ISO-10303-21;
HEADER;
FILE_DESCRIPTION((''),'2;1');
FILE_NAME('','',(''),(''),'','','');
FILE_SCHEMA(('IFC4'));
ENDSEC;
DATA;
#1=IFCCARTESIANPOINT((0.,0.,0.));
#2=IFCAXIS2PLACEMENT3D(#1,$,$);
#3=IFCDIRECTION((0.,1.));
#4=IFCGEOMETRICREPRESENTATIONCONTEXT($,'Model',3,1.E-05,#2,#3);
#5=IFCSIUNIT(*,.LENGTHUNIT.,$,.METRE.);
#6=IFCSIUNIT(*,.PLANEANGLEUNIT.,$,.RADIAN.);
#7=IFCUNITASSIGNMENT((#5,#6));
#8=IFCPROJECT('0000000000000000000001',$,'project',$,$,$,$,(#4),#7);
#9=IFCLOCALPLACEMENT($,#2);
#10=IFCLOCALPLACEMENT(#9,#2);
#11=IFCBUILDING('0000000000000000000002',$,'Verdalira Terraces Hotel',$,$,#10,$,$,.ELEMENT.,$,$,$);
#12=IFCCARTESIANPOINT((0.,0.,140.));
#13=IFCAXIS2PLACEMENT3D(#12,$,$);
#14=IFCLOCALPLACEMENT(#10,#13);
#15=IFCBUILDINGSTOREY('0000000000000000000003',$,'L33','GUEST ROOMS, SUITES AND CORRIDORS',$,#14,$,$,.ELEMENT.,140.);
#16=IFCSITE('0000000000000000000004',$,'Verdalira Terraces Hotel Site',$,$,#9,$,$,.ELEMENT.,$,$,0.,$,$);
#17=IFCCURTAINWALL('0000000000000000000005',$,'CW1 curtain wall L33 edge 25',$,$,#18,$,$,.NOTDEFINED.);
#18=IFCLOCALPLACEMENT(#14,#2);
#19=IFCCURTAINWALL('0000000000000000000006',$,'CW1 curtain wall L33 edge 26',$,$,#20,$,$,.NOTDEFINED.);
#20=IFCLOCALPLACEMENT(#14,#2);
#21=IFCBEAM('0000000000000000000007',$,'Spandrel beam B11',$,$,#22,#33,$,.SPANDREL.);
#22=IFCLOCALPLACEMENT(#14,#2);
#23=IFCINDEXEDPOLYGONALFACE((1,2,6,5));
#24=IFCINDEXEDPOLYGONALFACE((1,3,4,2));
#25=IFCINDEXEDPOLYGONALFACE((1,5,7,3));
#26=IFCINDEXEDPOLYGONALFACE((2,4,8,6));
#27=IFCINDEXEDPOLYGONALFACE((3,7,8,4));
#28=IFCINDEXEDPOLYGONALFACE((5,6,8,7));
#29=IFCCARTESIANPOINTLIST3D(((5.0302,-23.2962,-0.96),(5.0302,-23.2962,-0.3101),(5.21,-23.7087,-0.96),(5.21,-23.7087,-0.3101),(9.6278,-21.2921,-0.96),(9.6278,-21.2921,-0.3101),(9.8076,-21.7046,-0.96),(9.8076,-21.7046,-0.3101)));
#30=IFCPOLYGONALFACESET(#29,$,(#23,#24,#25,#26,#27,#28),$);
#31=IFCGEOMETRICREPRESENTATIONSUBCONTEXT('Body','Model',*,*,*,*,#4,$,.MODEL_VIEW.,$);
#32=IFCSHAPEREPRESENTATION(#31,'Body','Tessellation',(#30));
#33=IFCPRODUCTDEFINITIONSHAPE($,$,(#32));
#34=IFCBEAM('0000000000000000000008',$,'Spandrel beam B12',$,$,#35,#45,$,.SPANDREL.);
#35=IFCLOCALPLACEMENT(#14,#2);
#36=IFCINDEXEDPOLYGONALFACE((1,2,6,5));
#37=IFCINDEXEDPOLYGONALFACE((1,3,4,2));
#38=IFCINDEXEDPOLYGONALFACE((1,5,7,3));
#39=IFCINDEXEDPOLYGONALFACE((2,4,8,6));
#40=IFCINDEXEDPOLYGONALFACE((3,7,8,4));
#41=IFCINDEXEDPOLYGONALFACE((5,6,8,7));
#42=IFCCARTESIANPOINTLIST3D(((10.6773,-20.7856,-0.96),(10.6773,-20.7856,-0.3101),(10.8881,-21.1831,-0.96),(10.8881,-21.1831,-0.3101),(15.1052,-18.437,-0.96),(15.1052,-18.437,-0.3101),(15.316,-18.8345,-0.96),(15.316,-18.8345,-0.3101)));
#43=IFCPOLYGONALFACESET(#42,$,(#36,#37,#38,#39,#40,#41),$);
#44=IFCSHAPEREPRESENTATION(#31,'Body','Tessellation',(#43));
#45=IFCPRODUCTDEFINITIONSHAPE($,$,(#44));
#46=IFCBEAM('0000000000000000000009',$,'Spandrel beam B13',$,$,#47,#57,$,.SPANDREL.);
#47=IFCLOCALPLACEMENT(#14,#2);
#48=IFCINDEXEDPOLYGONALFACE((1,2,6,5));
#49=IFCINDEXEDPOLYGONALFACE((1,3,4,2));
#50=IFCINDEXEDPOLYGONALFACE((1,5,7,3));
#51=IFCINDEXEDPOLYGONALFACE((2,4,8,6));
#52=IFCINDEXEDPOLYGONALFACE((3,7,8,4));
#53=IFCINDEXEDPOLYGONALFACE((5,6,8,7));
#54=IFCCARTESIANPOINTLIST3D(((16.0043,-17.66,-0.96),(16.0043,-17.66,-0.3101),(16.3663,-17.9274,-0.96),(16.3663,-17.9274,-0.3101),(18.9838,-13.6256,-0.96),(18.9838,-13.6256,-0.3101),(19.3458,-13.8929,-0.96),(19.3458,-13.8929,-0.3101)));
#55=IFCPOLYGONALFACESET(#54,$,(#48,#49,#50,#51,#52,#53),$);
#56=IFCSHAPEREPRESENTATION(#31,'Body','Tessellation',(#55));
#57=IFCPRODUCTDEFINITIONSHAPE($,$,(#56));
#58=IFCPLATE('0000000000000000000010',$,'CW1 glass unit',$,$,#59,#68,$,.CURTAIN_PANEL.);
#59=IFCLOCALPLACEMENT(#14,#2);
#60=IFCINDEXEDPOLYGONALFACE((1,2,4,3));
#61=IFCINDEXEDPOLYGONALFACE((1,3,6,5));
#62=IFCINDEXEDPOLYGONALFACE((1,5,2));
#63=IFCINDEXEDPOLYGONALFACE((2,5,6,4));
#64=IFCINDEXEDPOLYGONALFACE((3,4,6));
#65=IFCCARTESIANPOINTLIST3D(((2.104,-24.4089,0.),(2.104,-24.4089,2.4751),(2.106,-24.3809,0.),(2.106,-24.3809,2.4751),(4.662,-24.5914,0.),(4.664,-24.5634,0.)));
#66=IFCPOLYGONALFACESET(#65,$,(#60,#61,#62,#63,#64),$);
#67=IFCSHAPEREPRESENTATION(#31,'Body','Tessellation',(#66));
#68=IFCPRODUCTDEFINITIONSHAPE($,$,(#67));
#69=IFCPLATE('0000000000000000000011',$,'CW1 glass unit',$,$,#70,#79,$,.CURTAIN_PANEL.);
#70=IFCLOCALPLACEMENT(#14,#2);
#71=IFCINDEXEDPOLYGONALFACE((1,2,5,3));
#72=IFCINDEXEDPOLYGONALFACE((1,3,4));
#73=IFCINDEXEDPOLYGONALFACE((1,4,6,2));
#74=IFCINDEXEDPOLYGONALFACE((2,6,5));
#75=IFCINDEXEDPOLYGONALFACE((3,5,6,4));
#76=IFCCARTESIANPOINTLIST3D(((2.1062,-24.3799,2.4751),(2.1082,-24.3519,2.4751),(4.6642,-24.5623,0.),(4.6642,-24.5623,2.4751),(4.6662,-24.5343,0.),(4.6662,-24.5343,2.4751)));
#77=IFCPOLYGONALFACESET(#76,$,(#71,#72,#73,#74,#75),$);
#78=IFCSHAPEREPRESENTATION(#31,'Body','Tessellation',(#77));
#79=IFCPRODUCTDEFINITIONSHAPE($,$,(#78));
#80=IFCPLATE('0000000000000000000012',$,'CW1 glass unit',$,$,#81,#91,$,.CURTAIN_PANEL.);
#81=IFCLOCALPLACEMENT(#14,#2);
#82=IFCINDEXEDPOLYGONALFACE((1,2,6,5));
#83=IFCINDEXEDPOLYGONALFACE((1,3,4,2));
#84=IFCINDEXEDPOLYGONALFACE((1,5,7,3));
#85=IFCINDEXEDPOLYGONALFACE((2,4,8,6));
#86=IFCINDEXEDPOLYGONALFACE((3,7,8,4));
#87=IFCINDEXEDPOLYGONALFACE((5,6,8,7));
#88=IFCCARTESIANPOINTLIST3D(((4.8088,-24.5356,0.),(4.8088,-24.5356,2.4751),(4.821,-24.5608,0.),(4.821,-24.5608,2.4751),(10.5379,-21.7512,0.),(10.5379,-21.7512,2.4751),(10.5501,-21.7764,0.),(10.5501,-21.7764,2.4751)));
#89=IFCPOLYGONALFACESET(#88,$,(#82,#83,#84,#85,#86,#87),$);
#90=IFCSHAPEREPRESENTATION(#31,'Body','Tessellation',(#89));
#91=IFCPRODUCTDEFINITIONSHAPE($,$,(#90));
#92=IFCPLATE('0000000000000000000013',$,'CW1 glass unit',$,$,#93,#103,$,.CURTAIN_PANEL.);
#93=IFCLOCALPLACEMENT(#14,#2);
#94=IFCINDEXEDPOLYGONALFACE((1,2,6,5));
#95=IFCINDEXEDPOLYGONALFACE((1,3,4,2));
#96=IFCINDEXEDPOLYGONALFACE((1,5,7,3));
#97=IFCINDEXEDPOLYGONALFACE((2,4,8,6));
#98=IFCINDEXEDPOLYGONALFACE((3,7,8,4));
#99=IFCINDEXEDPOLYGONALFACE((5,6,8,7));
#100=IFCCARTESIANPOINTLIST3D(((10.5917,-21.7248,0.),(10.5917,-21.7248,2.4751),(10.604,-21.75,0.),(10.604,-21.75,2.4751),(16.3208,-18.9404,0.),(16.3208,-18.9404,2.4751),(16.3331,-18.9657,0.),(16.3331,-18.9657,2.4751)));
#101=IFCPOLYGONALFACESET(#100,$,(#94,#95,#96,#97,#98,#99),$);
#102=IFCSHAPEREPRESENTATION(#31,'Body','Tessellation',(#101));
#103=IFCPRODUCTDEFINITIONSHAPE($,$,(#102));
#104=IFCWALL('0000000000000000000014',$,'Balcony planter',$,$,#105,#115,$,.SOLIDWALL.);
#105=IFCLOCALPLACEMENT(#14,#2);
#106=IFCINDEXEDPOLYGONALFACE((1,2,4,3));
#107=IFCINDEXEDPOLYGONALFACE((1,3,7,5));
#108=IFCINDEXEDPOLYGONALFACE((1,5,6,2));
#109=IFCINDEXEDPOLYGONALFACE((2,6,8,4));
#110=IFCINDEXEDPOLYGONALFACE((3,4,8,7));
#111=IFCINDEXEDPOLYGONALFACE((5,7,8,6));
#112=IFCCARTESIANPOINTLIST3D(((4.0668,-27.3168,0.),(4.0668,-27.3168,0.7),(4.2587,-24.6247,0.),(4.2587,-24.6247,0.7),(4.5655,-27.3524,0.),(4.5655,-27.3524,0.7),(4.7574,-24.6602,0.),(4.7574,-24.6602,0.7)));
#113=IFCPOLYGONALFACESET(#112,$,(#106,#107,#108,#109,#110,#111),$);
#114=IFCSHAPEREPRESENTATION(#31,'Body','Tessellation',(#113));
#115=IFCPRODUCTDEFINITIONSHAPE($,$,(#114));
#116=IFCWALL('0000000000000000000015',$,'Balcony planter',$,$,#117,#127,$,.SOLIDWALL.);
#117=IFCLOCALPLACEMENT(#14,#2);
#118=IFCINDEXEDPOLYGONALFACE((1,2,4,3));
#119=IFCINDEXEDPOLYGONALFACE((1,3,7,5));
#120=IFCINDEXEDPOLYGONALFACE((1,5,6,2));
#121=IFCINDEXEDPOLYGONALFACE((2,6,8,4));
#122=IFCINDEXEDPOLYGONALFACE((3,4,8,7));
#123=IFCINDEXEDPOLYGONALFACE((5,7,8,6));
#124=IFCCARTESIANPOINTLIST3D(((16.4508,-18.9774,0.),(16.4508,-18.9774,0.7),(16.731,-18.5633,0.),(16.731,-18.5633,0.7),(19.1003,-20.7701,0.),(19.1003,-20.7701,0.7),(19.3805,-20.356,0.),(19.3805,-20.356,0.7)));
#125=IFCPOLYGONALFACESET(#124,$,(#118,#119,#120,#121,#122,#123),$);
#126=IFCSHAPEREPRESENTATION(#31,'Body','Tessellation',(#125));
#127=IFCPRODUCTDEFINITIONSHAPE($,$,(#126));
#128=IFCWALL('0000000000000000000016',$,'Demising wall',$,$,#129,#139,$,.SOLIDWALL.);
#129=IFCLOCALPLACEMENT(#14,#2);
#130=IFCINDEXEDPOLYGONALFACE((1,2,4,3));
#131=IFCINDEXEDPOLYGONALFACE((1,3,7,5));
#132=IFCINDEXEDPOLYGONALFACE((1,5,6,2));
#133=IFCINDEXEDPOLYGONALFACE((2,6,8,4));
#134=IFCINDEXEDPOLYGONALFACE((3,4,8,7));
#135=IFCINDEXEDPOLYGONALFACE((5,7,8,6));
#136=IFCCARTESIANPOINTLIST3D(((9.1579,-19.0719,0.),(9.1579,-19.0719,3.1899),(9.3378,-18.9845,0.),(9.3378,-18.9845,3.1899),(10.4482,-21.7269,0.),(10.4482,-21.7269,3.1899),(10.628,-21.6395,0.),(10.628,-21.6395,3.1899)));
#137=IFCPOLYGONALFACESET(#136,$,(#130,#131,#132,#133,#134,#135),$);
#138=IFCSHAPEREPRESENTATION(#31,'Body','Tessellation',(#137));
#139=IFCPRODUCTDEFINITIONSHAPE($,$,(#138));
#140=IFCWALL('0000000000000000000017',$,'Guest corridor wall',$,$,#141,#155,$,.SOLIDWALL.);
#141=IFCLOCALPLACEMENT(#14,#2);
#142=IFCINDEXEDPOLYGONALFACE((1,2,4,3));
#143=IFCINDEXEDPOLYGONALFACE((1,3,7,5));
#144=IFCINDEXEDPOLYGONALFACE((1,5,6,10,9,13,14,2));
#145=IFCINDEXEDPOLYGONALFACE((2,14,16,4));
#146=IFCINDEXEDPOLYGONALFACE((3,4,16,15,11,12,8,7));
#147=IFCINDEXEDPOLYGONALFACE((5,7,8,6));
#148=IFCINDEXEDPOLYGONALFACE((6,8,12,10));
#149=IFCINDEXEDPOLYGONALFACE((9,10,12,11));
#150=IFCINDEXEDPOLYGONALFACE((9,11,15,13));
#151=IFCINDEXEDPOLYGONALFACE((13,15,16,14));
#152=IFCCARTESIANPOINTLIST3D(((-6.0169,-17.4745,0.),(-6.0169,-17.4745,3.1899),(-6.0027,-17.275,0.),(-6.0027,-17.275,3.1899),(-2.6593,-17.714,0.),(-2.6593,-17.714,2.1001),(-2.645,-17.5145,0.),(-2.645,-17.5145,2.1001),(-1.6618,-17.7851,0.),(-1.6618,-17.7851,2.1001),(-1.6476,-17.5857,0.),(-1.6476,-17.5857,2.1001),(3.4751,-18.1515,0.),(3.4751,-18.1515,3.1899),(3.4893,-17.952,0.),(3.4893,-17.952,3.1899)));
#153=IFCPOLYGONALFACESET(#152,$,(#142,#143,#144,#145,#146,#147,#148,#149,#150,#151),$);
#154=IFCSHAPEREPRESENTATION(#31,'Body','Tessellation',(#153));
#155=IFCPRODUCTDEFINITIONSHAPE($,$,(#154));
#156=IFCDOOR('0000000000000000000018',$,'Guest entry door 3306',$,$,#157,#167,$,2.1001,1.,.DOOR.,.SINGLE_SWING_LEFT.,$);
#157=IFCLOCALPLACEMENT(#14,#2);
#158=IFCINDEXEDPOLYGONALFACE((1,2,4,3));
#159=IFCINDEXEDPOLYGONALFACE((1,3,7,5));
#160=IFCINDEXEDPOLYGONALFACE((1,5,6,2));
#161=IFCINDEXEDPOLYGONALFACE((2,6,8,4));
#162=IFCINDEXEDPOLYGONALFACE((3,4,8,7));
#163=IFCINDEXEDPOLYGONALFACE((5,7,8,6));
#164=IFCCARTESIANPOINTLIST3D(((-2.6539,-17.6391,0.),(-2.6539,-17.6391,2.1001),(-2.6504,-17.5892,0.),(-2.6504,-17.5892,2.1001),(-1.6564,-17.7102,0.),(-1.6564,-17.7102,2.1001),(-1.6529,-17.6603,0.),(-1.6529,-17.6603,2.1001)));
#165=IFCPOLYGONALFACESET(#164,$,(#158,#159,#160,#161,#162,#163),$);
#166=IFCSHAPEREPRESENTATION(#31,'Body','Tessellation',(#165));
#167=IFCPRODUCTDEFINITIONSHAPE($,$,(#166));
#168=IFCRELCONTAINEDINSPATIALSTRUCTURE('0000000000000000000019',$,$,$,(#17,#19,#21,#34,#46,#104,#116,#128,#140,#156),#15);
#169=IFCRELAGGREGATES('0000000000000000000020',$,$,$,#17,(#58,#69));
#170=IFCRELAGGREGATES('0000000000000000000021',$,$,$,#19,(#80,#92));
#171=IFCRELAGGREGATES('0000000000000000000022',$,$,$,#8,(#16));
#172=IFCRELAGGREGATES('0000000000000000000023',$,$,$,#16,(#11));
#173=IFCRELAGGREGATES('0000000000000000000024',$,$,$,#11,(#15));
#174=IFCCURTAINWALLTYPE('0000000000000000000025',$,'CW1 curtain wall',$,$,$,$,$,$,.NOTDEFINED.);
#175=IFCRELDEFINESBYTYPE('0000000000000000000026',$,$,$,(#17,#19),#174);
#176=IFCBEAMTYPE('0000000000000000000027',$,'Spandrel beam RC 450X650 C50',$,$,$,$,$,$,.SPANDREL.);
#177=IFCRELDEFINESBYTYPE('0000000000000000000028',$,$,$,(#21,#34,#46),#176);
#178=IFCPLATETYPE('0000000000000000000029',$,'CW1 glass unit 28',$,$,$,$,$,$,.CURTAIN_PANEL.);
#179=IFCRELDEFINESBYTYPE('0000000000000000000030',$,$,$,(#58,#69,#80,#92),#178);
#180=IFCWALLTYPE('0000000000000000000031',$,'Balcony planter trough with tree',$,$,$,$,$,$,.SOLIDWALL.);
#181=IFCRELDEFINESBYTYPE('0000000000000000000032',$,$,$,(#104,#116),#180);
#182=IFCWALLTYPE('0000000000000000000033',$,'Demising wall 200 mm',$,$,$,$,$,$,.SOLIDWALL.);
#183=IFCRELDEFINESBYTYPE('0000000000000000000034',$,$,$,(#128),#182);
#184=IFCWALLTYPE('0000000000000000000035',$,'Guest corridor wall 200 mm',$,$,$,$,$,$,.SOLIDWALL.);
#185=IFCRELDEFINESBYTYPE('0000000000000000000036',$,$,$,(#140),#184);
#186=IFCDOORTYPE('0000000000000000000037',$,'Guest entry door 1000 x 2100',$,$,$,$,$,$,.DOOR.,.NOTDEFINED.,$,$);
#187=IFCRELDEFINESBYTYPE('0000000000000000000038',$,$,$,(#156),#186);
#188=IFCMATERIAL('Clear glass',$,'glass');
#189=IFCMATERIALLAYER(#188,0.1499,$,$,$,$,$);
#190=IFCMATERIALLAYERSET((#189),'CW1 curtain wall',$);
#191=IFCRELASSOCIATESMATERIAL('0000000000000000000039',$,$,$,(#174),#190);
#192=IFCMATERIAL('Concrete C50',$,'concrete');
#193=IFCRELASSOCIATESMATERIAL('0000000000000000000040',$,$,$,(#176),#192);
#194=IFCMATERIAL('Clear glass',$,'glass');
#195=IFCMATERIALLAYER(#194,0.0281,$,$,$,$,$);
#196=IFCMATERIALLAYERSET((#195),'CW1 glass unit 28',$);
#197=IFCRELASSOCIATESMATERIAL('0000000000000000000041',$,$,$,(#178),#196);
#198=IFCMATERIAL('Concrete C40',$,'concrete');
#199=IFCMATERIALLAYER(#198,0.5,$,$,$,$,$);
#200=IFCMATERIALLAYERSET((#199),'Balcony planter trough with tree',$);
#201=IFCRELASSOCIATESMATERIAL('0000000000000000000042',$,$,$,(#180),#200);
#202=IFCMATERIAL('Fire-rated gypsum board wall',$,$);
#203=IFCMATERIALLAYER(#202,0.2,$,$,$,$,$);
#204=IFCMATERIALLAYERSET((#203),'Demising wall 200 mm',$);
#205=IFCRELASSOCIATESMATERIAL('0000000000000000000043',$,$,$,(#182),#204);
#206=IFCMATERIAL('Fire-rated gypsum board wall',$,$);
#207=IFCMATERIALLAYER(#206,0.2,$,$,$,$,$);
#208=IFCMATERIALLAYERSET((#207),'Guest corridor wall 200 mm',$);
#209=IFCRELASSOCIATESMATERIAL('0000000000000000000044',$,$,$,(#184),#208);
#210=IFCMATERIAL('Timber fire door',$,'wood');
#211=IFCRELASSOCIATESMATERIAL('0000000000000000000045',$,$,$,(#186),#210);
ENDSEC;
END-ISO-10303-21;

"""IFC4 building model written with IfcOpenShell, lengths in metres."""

from ifc_helpers import new_model, si_unit, direction, frame, frame_2d, origin, origin_2d, place, context, subcontext, project, spatial, polyline, rectangle, outline, extrude, material, layer, layer_set, material_profile, profile_set, type_object, element, fill, aggregate, save


model = new_model("IFC4")

# Units and contexts
model_context = context("Model", 3, precision=1e-05, world=origin(), true_north=direction((0.0, 1.0)))
body_context = subcontext(model_context, "Body", "Model", "MODEL_VIEW")
ifc_project = project(units=[si_unit("LENGTHUNIT", "METRE"), si_unit("PLANEANGLEUNIT", "RADIAN")], contexts=[model_context])

# Site, building, storey
site_placement = place(None, origin())
site = spatial("IfcSite", under=ifc_project, at=site_placement, Name="Verdalira Terraces Hotel Site", CompositionType="ELEMENT", RefElevation=0.0)
building_placement = place(site_placement, origin())
building = spatial("IfcBuilding", under=site, at=building_placement, Name="Verdalira Terraces Hotel", CompositionType="ELEMENT")
storey_placement = place(building_placement, frame((0.0, 0.0, 140.0)))
storey = spatial("IfcBuildingStorey", under=building, at=storey_placement, Name="L33", Description="GUEST ROOMS, SUITES AND CORRIDORS", CompositionType="ELEMENT", Elevation=140.0)

# Curtain wall
ifc_material_1 = material(Name="Clear glass", Category="glass")
ifc_layer_1 = layer(ifc_material_1, 0.1499)
ifc_layer_set_1 = layer_set([ifc_layer_1], Name="CW1 curtain wall")
curtain_wall_type = type_object("IfcCurtainWallType", Name="CW1 curtain wall", PredefinedType="NOTDEFINED", material=ifc_layer_set_1)
curtain_wall_1_placement = place(storey_placement, origin())
curtain_wall_1 = element("IfcCurtainWall", 1, at=curtain_wall_1_placement, inside=storey, type_object=curtain_wall_type, Name="CW1 curtain wall L33 edge 25", PredefinedType="NOTDEFINED")

# Curtain wall
curtain_wall_2_placement = place(storey_placement, origin())
curtain_wall_2 = element("IfcCurtainWall", 2, at=curtain_wall_2_placement, inside=storey, type_object=curtain_wall_type, Name="CW1 curtain wall L33 edge 26", PredefinedType="NOTDEFINED")

# Beams
ifc_material_2 = material(Name="Concrete C50", Category="concrete")
ifc_material_profile_1 = material_profile(ifc_material_2, rectangle(XDim=0.45, YDim=0.6499, at=origin_2d()), Name="RC 450X650")
ifc_profile_set_1 = profile_set([ifc_material_profile_1], Name="Concrete C50")
beam_type_1 = type_object("IfcBeamType", Name="Spandrel beam RC 450X650 C50", PredefinedType="SPANDREL", material=ifc_profile_set_1)
beam_1_placement = place(storey_placement, frame((5.1201, -23.5024, -0.635), z_axis=(0.916693, 0.399593, 0.0), x_axis=(-0.399593, 0.916693, 0.0)))
element("IfcBeam", 3, at=beam_1_placement, inside=storey, type_object=beam_type_1, Name="Spandrel beam B11", PredefinedType="SPANDREL", context=body_context, shape_type="SweptSolid", body=[
    extrude(rectangle(XDim=0.45, YDim=0.6499, at=origin_2d()), origin(), (0.0, 0.0, 1.0), 5.0154),
])
beam_2_placement = place(storey_placement, frame((10.7827, -20.9844, -0.635), z_axis=(0.883424, 0.468575, 0.0), x_axis=(-0.468575, 0.883424, 0.0)))
element("IfcBeam", 4, at=beam_2_placement, inside=storey, type_object=beam_type_1, Name="Spandrel beam B12", PredefinedType="SPANDREL", context=body_context, shape_type="SweptSolid", body=[
    extrude(rectangle(XDim=0.45, YDim=0.6499, at=origin_2d()), origin(), (0.0, 0.0, 1.0), 5.0122),
])
beam_3_placement = place(storey_placement, frame((16.1853, -17.7937, -0.635), z_axis=(0.594072, 0.804412, 0.0), x_axis=(-0.804412, 0.594072, 0.0)))
element("IfcBeam", 5, at=beam_3_placement, inside=storey, type_object=beam_type_1, Name="Spandrel beam B13", PredefinedType="SPANDREL", context=body_context, shape_type="SweptSolid", body=[
    extrude(rectangle(XDim=0.45, YDim=0.6499, at=origin_2d()), origin(), (0.0, 0.0, 1.0), 5.0154),
])

# Plates
ifc_material_3 = material(Name="Clear glass", Category="glass")
ifc_layer_2 = layer(ifc_material_3, 0.0281)
ifc_layer_set_2 = layer_set([ifc_layer_2], Name="CW1 glass unit 28")
plate_type = type_object("IfcPlateType", Name="CW1 glass unit 28", PredefinedType="CURTAIN_PANEL", material=ifc_layer_set_2)
plate_1_placement = place(storey_placement, frame((3.385, -24.4722, 1.2375), z_axis=(-0.071149, -0.997466, 0.0), x_axis=(0.997466, -0.071149, 0.0)))
plate_1 = element("IfcPlate", 6, at=plate_1_placement, type_object=plate_type, Name="CW1 glass unit", PredefinedType="CURTAIN_PANEL", context=body_context, shape_type="SweptSolid", body=[
    extrude(outline(polyline([(-1.2822, -1.2375), (1.2822, -1.2375), (-1.2822, 1.2375), (-1.2822, -1.2375)])), origin(), (0.0, 0.0, 1.0), 0.0281),
])
plate_2_placement = place(storey_placement, frame((3.3872, -24.4431, 1.2375), z_axis=(-0.071149, -0.997466, 0.0), x_axis=(0.997466, -0.071149, 0.0)))
plate_2 = element("IfcPlate", 7, at=plate_2_placement, type_object=plate_type, Name="CW1 glass unit", PredefinedType="CURTAIN_PANEL", context=body_context, shape_type="SweptSolid", body=[
    extrude(outline(polyline([(1.2822, -1.2375), (1.2822, 1.2375), (-1.2822, 1.2375), (1.2822, -1.2375)])), origin(), (0.0, 0.0, 1.0), 0.0281),
])
aggregate(curtain_wall_1, [plate_1, plate_2])
plate_3_placement = place(storey_placement, frame((7.6794, -23.156, 0.0), z_axis=(0.0, 0.0, 1.0), x_axis=(0.899405, 0.437116, 0.0)))
plate_3 = element("IfcPlate", 8, at=plate_3_placement, type_object=plate_type, Name="CW1 glass unit", PredefinedType="CURTAIN_PANEL", context=body_context, shape_type="SweptSolid", body=[
    extrude(rectangle(XDim=6.3699, YDim=0.0281, at=origin_2d()), origin(), (0.0, 0.0, 1.0), 2.4751),
])
plate_4_placement = place(storey_placement, frame((13.4624, -20.3452, 0.0), z_axis=(0.0, 0.0, 1.0), x_axis=(0.899405, 0.437116, 0.0)))
plate_4 = element("IfcPlate", 9, at=plate_4_placement, type_object=plate_type, Name="CW1 glass unit", PredefinedType="CURTAIN_PANEL", context=body_context, shape_type="SweptSolid", body=[
    extrude(rectangle(XDim=6.3699, YDim=0.0281, at=origin_2d()), origin(), (0.0, 0.0, 1.0), 2.4751),
])
aggregate(curtain_wall_2, [plate_3, plate_4])

# Walls
ifc_material_4 = material(Name="Concrete C40", Category="concrete")
ifc_layer_3 = layer(ifc_material_4, 0.5)
ifc_layer_set_3 = layer_set([ifc_layer_3], Name="Balcony planter trough with tree")
wall_type_1 = type_object("IfcWallType", Name="Balcony planter trough with tree", PredefinedType="SOLIDWALL", material=ifc_layer_set_3)
wall_1_placement = place(storey_placement, frame((4.3162, -27.3347, 0.0), z_axis=(0.0, 0.0, 1.0), x_axis=(0.071099, 0.997469, 0.0)))
element("IfcWall", 10, at=wall_1_placement, inside=storey, type_object=wall_type_1, Name="Balcony planter", PredefinedType="SOLIDWALL", context=body_context, shape_type="SweptSolid", body=[
    extrude(rectangle(XDim=2.699, YDim=0.5, at=frame_2d((1.3496, 0.0))), origin(), (0.0, 0.0, 1.0), 0.7),
])
wall_2_placement = place(storey_placement, frame((16.5908, -18.7703, 0.0), z_axis=(0.0, 0.0, 1.0), x_axis=(0.828215, -0.560411, 0.0)))
element("IfcWall", 11, at=wall_2_placement, inside=storey, type_object=wall_type_1, Name="Balcony planter", PredefinedType="SOLIDWALL", context=body_context, shape_type="SweptSolid", body=[
    extrude(rectangle(XDim=3.199, YDim=0.5, at=frame_2d((1.5996, 0.0))), origin(), (0.0, 0.0, 1.0), 0.7),
])
ifc_material_5 = material(Name="Fire-rated gypsum board wall")
ifc_layer_4 = layer(ifc_material_5, 0.2)
ifc_layer_set_4 = layer_set([ifc_layer_4], Name="Demising wall 200 mm")
wall_type_2 = type_object("IfcWallType", Name="Demising wall 200 mm", PredefinedType="SOLIDWALL", material=ifc_layer_set_4)
wall_3_placement = place(storey_placement, frame((9.2478, -19.0281, 0.0), z_axis=(0.0, 0.0, 1.0), x_axis=(0.437095, -0.899415, 0.0)))
element("IfcWall", 12, at=wall_3_placement, inside=storey, type_object=wall_type_2, Name="Demising wall", PredefinedType="SOLIDWALL", context=body_context, shape_type="SweptSolid", body=[
    extrude(rectangle(XDim=2.9519, YDim=0.2, at=frame_2d((1.4761, 0.0))), origin(), (0.0, 0.0, 1.0), 3.1899),
])

# Wall, opening, door
ifc_material_6 = material(Name="Fire-rated gypsum board wall")
ifc_layer_5 = layer(ifc_material_6, 0.2)
ifc_layer_set_5 = layer_set([ifc_layer_5], Name="Guest corridor wall 200 mm")
wall_type_3 = type_object("IfcWallType", Name="Guest corridor wall 200 mm", PredefinedType="SOLIDWALL", material=ifc_layer_set_5)
wall_4_placement = place(storey_placement, frame((3.4822, -18.0518, 0.0), z_axis=(0.0, 0.0, 1.0), x_axis=(-0.997466, 0.071143, 0.0)))
wall_4 = element("IfcWall", 13, at=wall_4_placement, inside=storey, type_object=wall_type_3, Name="Guest corridor wall", PredefinedType="SOLIDWALL", context=body_context, shape_type="SweptSolid", body=[
    extrude(rectangle(XDim=9.5161, YDim=0.2, at=frame_2d((4.7581, 0.0))), origin(), (0.0, 0.0, 1.0), 3.1899),
])
opening_placement = place(wall_4_placement, frame((5.1499, 0.0, 0.0)))
opening = element("IfcOpeningElement", 14, at=opening_placement, cuts=wall_4, PredefinedType="OPENING", context=body_context, shape_type="SweptSolid", body=[
    extrude(rectangle(XDim=1.0, YDim=2.1001, at=frame_2d((0.5, 1.05))), frame((0.0, 0.1099, 0.0), z_axis=(0.0, -1.0, 0.0), x_axis=(1.0, 0.0, 0.0)), (0.0, 0.0, 1.0), 0.22),
])
ifc_material_7 = material(Name="Timber fire door", Category="wood")
door_type = type_object("IfcDoorType", Name="Guest entry door 1000 x 2100", OperationType="NOTDEFINED", PredefinedType="DOOR", material=ifc_material_7)
door_placement = place(opening_placement, origin())
door = element("IfcDoor", 15, at=door_placement, inside=storey, type_object=door_type, Name="Guest entry door 3306", OperationType="SINGLE_SWING_LEFT", OverallHeight=2.1001, OverallWidth=1.0, PredefinedType="DOOR", context=body_context, shape_type="SweptSolid", body=[
    extrude(rectangle(XDim=1.0, YDim=2.1001, at=frame_2d((0.5, 1.05))), frame((0.0, 0.0249, 0.0), z_axis=(0.0, -1.0, 0.0), x_axis=(1.0, 0.0, 0.0)), (0.0, 0.0, 1.0), 0.05),
])
fill(opening, door)

save(model, "model.ifc")
